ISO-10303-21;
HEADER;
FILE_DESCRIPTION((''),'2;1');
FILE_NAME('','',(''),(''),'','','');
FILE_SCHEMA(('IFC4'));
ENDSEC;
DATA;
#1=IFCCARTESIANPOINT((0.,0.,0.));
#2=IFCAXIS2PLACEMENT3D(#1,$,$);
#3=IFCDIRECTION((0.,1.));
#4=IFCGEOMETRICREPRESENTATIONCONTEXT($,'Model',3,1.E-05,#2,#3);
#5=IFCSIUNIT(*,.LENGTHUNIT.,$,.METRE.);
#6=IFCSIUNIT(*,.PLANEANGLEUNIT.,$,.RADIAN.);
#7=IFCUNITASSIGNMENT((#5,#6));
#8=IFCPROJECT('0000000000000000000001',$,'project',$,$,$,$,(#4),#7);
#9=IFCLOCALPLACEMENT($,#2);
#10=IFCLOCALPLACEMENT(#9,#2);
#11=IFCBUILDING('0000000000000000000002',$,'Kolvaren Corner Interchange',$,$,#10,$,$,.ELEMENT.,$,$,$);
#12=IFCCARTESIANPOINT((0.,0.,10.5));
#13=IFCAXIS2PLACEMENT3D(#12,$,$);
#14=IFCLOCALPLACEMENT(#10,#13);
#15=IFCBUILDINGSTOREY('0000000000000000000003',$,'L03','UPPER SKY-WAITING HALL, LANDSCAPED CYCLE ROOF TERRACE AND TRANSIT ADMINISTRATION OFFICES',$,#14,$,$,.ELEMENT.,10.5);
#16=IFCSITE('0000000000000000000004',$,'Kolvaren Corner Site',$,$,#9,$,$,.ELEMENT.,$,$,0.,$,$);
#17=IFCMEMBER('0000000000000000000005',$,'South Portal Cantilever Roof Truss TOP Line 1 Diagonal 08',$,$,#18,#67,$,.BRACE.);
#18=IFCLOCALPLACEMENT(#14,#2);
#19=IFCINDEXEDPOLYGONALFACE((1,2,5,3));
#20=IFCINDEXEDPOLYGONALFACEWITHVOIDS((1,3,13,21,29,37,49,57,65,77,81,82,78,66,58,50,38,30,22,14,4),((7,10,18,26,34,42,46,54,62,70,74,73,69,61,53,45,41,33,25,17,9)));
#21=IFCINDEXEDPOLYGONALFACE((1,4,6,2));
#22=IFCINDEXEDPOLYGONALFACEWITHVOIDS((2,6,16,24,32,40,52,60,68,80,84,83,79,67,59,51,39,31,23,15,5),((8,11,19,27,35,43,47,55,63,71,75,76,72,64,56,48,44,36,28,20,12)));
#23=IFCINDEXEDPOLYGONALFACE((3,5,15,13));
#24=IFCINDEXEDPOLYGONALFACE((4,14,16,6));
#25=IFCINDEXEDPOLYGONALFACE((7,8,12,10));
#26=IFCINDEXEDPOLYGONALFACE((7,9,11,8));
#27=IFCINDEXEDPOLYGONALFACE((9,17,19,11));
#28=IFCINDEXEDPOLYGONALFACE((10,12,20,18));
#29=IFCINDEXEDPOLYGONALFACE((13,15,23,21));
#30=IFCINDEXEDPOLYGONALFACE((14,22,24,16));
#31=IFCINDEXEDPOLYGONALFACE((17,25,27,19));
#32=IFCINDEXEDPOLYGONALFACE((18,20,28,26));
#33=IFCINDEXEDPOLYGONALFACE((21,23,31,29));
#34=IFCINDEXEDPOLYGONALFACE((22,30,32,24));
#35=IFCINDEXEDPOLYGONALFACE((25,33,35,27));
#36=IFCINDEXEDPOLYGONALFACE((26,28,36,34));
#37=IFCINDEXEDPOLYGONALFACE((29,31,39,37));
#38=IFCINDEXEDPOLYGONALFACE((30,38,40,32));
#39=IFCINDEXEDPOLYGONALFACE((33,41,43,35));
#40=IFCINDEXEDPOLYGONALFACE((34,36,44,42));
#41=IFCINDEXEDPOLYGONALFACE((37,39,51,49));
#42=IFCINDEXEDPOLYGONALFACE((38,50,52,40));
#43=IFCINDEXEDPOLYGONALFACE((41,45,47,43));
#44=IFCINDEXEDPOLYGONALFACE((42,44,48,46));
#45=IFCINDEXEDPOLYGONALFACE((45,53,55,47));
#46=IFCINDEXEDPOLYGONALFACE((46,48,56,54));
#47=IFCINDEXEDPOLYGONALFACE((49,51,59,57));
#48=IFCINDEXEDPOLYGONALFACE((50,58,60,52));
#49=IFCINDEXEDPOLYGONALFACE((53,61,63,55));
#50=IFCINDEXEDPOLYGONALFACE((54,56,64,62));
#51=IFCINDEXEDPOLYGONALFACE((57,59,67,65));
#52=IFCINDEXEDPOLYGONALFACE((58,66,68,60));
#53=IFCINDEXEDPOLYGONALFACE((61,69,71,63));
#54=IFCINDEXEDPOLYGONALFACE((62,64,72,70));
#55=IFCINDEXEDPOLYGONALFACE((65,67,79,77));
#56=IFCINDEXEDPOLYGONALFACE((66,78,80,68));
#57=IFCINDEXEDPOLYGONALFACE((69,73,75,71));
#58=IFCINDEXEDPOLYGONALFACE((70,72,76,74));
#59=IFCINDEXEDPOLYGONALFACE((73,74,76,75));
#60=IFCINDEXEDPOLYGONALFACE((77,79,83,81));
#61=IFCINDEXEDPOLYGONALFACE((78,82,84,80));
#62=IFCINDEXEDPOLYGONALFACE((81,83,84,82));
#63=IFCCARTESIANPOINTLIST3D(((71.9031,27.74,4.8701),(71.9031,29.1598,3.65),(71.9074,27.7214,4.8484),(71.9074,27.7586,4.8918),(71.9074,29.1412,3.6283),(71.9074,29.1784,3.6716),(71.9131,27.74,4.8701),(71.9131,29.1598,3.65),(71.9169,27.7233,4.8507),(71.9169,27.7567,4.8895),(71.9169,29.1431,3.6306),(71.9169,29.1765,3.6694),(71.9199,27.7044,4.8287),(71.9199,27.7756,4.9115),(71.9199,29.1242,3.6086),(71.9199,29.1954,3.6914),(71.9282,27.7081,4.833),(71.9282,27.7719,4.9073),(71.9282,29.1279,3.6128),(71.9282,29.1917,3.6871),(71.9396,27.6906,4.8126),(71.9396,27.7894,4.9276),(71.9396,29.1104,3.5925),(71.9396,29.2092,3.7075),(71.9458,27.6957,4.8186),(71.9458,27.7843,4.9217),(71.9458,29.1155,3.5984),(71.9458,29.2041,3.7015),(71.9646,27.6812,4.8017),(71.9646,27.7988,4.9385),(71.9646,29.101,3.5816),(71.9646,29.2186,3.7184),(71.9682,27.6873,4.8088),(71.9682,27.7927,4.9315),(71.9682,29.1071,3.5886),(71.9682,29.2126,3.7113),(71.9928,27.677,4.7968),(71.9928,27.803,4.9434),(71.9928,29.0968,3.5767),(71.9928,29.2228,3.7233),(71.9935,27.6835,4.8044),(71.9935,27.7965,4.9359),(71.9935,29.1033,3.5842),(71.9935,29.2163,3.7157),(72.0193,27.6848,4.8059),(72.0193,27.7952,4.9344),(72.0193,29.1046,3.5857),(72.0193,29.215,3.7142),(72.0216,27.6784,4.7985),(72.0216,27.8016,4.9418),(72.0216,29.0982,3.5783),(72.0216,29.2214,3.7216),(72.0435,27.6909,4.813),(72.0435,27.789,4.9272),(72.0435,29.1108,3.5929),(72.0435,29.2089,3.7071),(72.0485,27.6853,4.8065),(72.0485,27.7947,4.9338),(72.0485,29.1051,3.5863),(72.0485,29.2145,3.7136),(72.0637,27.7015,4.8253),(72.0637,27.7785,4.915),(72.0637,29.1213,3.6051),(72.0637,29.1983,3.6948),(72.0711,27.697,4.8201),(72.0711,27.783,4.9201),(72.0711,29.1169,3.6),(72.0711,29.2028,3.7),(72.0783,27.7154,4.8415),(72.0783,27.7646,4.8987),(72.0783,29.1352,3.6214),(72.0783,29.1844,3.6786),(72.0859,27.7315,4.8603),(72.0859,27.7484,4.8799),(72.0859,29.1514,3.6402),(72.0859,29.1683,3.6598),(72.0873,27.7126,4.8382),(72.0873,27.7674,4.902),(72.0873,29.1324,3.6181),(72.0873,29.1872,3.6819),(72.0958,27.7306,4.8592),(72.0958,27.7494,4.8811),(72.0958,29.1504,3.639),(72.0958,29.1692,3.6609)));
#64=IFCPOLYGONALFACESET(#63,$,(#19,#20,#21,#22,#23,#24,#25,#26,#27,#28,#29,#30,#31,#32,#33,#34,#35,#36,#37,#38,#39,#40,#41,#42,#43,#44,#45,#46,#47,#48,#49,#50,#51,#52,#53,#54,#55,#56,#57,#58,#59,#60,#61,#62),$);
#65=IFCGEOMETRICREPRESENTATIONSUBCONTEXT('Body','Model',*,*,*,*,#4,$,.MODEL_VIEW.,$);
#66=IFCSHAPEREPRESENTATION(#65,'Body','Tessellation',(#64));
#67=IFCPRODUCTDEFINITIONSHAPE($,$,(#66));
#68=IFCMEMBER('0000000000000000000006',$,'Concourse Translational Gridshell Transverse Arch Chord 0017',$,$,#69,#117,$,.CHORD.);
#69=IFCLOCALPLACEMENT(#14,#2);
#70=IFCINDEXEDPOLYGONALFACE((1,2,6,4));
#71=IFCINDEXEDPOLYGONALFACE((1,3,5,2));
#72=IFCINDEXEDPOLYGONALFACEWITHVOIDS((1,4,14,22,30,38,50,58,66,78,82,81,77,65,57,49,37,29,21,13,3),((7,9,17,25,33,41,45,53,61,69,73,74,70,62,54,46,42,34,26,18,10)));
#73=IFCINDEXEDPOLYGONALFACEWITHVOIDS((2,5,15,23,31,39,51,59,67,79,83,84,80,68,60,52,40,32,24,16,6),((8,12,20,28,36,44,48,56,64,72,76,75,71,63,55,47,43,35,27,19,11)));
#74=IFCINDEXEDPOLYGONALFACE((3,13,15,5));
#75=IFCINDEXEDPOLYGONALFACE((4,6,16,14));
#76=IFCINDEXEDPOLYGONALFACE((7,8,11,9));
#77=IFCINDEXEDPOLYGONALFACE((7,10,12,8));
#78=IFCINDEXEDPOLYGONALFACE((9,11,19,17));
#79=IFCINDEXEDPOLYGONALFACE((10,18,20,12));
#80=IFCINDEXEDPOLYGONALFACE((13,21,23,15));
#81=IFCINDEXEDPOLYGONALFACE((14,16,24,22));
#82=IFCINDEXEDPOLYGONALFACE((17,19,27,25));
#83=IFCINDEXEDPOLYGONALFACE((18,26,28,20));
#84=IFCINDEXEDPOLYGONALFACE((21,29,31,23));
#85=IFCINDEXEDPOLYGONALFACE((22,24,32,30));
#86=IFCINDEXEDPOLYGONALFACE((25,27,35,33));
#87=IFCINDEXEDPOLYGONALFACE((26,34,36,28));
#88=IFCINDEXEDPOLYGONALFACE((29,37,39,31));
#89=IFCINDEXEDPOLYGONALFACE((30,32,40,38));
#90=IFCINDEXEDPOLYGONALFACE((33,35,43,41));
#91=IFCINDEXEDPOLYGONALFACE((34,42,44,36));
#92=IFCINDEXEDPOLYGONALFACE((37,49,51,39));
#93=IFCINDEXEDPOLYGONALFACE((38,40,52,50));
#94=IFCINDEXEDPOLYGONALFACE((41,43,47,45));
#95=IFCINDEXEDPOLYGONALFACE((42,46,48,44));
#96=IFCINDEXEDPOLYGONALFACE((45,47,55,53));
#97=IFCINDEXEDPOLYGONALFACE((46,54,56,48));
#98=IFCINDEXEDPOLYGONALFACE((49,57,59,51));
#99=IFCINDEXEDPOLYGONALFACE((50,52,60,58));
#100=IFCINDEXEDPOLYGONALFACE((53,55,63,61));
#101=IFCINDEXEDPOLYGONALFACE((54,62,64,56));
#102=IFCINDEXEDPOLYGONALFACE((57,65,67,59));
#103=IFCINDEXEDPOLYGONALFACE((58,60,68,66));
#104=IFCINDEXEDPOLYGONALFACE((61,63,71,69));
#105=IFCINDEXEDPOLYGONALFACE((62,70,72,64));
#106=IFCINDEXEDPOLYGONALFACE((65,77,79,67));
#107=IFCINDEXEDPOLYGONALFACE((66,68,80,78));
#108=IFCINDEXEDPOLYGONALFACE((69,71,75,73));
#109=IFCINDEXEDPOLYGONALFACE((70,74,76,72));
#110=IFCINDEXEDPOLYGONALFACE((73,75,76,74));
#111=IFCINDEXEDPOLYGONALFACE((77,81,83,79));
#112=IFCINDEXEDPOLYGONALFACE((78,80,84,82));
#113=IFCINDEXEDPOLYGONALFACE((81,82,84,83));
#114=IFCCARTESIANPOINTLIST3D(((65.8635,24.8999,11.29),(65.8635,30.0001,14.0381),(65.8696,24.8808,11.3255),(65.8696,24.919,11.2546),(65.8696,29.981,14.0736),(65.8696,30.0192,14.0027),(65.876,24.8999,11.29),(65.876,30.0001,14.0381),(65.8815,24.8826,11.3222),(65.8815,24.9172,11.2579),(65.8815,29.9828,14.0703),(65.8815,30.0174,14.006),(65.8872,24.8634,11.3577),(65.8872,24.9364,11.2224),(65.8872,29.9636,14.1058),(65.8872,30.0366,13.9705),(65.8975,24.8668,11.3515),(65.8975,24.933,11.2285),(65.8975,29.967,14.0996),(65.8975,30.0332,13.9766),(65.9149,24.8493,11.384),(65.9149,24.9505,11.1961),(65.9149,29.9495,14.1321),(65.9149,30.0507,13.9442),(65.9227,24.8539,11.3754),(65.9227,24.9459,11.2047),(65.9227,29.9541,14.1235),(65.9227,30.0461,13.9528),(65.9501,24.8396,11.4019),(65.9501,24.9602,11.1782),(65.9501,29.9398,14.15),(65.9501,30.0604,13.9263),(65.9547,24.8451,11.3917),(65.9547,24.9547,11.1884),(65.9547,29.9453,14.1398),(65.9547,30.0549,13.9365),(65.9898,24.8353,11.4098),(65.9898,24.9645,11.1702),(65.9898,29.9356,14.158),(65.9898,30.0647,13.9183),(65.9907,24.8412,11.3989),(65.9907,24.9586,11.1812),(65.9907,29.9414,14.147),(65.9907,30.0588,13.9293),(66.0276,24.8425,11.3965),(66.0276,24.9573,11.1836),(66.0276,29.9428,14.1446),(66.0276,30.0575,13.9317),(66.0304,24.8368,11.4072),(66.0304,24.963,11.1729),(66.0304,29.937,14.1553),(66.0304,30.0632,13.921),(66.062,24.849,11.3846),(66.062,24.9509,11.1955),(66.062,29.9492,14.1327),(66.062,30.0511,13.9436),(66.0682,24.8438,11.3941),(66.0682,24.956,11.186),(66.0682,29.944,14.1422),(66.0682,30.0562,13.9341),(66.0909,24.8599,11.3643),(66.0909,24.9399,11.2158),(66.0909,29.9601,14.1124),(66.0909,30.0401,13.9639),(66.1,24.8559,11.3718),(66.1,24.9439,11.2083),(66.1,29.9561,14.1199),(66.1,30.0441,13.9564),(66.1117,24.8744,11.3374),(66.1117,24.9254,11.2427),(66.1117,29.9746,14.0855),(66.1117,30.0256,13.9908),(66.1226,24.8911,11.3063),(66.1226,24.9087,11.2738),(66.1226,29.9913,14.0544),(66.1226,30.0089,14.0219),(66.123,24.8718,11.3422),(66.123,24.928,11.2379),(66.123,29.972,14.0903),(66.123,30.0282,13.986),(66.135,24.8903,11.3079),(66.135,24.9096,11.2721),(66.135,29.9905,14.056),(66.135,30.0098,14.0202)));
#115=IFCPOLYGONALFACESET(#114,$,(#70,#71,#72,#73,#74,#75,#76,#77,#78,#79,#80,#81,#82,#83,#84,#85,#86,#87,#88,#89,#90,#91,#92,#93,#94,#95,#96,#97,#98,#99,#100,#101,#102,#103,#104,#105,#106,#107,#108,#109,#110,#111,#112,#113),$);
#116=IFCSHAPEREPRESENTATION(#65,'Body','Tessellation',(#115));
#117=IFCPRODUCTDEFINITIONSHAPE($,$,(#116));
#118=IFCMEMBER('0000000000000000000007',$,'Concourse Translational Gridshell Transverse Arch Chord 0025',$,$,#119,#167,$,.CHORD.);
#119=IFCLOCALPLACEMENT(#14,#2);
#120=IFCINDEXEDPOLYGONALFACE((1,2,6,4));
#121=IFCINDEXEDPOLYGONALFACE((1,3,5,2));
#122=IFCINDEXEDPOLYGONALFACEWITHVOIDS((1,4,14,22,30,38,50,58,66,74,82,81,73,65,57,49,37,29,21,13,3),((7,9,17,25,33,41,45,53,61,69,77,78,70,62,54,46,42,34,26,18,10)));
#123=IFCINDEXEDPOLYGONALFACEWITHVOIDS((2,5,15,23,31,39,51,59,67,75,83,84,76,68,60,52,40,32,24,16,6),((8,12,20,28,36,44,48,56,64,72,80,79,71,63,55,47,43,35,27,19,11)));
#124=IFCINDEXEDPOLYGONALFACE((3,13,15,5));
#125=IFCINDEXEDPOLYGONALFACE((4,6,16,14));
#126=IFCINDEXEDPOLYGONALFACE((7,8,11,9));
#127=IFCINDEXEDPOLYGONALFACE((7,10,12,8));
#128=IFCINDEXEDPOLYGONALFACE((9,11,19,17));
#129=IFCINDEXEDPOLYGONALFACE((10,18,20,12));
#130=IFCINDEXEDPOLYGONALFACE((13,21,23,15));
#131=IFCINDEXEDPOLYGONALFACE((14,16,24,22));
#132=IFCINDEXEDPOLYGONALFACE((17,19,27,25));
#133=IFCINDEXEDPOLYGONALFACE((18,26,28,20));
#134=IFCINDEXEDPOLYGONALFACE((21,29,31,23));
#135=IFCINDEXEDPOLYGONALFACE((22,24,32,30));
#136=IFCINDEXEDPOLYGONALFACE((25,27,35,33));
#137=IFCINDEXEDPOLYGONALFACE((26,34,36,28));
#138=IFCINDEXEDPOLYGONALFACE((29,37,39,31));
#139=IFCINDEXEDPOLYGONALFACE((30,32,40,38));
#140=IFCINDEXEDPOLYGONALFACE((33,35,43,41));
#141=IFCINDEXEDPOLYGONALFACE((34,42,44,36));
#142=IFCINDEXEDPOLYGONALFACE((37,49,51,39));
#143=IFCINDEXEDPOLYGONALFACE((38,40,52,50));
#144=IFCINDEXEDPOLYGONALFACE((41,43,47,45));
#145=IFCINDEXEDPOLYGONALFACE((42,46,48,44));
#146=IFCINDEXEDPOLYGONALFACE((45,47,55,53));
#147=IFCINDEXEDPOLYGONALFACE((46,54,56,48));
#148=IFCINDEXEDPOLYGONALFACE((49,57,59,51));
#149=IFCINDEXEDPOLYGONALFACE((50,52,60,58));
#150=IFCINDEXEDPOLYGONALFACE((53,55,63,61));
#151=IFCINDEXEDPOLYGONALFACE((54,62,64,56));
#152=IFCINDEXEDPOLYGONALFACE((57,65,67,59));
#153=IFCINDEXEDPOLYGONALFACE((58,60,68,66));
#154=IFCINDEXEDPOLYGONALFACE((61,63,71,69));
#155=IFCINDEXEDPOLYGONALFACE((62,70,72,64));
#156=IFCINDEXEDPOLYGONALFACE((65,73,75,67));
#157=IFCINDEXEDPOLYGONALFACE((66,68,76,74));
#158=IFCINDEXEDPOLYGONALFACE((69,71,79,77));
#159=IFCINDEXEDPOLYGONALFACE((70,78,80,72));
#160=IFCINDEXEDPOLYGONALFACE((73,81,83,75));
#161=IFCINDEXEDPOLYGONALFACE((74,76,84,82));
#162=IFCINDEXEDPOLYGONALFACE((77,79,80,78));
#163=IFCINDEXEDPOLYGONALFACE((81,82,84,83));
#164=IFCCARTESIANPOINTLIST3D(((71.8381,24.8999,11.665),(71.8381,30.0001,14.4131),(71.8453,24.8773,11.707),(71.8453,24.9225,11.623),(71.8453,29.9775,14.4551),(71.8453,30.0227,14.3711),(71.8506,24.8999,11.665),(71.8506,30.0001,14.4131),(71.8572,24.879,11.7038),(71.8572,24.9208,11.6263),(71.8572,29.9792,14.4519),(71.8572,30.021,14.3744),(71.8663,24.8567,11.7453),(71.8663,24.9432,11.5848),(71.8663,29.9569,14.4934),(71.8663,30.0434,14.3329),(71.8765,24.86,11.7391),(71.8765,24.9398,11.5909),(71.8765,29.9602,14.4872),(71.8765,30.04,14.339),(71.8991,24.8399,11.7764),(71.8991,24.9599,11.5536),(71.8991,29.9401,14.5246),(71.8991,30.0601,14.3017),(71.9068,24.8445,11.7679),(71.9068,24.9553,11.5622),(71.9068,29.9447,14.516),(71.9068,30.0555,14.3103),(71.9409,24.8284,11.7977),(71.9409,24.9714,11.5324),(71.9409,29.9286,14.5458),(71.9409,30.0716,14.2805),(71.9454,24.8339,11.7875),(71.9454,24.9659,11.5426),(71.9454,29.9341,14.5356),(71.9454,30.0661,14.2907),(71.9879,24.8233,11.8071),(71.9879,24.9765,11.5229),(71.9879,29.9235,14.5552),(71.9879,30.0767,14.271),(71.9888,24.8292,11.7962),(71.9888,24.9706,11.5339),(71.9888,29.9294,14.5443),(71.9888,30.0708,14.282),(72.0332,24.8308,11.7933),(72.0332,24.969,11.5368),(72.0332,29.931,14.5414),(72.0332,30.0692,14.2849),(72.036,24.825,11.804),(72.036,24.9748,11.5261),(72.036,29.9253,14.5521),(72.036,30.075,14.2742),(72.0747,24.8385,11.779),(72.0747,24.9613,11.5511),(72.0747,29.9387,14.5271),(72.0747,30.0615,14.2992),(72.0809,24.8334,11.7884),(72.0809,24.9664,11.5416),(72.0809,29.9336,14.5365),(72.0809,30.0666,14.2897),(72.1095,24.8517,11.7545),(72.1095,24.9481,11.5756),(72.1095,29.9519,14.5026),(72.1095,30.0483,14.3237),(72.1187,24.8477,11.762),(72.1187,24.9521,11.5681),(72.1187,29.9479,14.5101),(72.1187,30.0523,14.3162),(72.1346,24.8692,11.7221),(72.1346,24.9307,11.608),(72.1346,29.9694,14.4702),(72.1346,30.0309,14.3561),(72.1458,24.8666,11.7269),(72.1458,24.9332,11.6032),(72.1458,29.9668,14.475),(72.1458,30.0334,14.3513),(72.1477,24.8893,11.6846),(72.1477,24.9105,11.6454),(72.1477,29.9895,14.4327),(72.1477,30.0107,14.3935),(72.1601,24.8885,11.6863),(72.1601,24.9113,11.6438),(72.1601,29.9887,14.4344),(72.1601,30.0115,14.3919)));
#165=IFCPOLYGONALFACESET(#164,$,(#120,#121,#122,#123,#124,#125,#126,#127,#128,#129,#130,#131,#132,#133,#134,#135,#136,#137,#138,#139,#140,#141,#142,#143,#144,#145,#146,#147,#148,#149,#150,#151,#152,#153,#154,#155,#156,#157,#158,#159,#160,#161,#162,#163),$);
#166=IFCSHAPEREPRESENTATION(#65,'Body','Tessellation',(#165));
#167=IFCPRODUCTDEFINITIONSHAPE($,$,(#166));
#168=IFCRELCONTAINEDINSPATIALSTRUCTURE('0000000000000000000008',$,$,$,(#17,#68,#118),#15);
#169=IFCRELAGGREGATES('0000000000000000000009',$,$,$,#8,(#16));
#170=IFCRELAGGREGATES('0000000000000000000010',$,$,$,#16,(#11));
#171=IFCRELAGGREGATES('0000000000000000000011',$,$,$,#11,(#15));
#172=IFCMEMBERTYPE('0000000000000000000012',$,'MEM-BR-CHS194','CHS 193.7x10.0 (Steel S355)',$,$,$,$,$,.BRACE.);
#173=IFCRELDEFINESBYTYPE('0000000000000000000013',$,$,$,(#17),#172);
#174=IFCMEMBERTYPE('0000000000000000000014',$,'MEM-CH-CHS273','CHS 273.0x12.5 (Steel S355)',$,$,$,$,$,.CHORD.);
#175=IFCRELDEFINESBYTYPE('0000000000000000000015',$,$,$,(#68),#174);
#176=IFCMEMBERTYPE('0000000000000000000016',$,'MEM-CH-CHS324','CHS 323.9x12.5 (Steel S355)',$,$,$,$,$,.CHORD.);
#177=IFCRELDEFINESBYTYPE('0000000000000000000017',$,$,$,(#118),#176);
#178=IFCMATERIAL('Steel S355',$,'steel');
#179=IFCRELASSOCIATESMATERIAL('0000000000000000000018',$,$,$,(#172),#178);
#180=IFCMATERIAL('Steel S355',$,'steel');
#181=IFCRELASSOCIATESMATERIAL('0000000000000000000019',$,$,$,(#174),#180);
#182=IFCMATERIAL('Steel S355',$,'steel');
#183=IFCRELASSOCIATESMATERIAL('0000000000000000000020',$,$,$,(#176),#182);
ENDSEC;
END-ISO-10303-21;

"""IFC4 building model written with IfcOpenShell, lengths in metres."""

from ifc_helpers import new_model, si_unit, direction, frame, origin, origin_2d, place, context, subcontext, project, spatial, hollow_circle, extrude, material, material_profile, profile_set, type_object, element, save


model = new_model("IFC4")

# Units and contexts
model_context = context("Model", 3, precision=1e-05, world=origin(), true_north=direction((0.0, 1.0)))
body_context = subcontext(model_context, "Body", "Model", "MODEL_VIEW")
ifc_project = project(units=[si_unit("LENGTHUNIT", "METRE"), si_unit("PLANEANGLEUNIT", "RADIAN")], contexts=[model_context])

# Site, building, storey
site_placement = place(None, origin())
site = spatial("IfcSite", under=ifc_project, at=site_placement, Name="Kolvaren Corner Site", CompositionType="ELEMENT", RefElevation=0.0)
building_placement = place(site_placement, origin())
building = spatial("IfcBuilding", under=site, at=building_placement, Name="Kolvaren Corner Interchange", CompositionType="ELEMENT")
storey_placement = place(building_placement, frame((0.0, 0.0, 10.5)))
storey = spatial("IfcBuildingStorey", under=building, at=storey_placement, Name="L03", Description="UPPER SKY-WAITING HALL, LANDSCAPED CYCLE ROOF TERRACE AND TRANSIT ADMINISTRATION OFFICES", CompositionType="ELEMENT", Elevation=10.5)

# Members
ifc_material_1 = material(Name="Steel S355", Category="steel")
ifc_material_profile_1 = material_profile(ifc_material_1, hollow_circle(Radius=0.0969, WallThickness=0.01, at=origin_2d()), Name="CHS 193.7x10.0")
ifc_profile_set_1 = profile_set([ifc_material_profile_1], Name="Steel S355")
member_type_1 = type_object("IfcMemberType", Name="MEM-BR-CHS194", Description="CHS 193.7x10.0 (Steel S355)", PredefinedType="BRACE", material=ifc_profile_set_1)
for number, where, z_axis, x_axis, name in (
    (1, (72.0, 27.74, 4.8701), (0.0, 0.758428, -0.651757), (-1.0, 0.0, 0.0), "South Portal Cantilever Roof Truss TOP Line 1 Diagonal 08"),
):
    element("IfcMember", number, at=place(storey_placement, frame(where, z_axis=z_axis, x_axis=x_axis)), inside=storey, type_object=member_type_1, Name=name, PredefinedType="BRACE", context=body_context, shape_type="SweptSolid", body=[
        extrude(hollow_circle(Radius=0.0969, WallThickness=0.01, at=origin_2d()), origin(), (0.0, 0.0, 1.0), 1.8721),
    ])
ifc_material_2 = material(Name="Steel S355", Category="steel")
ifc_material_profile_2 = material_profile(ifc_material_2, hollow_circle(Radius=0.1365, WallThickness=0.0125, at=origin_2d()), Name="CHS 273.0x12.5")
ifc_profile_set_2 = profile_set([ifc_material_profile_2], Name="Steel S355")
member_type_2 = type_object("IfcMemberType", Name="MEM-CH-CHS273", Description="CHS 273.0x12.5 (Steel S355)", PredefinedType="CHORD", material=ifc_profile_set_2)
member_1_placement = place(storey_placement, frame((66.0, 24.8999, 11.29), z_axis=(0.0, 0.880338, 0.474346), x_axis=(-1.0, 0.0, 0.0)))
element("IfcMember", 2, at=member_1_placement, inside=storey, type_object=member_type_2, Name="Concourse Translational Gridshell Transverse Arch Chord 0017", PredefinedType="CHORD", context=body_context, shape_type="SweptSolid", body=[
    extrude(hollow_circle(Radius=0.1365, WallThickness=0.0125, at=origin_2d()), origin(), (0.0, 0.0, 1.0), 5.7935),
])
ifc_material_3 = material(Name="Steel S355", Category="steel")
ifc_material_profile_3 = material_profile(ifc_material_3, hollow_circle(Radius=0.1619, WallThickness=0.0125, at=origin_2d()), Name="CHS 323.9x12.5")
ifc_profile_set_3 = profile_set([ifc_material_profile_3], Name="Steel S355")
member_type_3 = type_object("IfcMemberType", Name="MEM-CH-CHS324", Description="CHS 323.9x12.5 (Steel S355)", PredefinedType="CHORD", material=ifc_profile_set_3)
member_2_placement = place(storey_placement, frame((72.0, 24.8999, 11.665), z_axis=(0.0, 0.880338, 0.474346), x_axis=(-1.0, 0.0, 0.0)))
element("IfcMember", 3, at=member_2_placement, inside=storey, type_object=member_type_3, Name="Concourse Translational Gridshell Transverse Arch Chord 0025", PredefinedType="CHORD", context=body_context, shape_type="SweptSolid", body=[
    extrude(hollow_circle(Radius=0.1619, WallThickness=0.0125, at=origin_2d()), origin(), (0.0, 0.0, 1.0), 5.7935),
])

save(model, "model.ifc")
